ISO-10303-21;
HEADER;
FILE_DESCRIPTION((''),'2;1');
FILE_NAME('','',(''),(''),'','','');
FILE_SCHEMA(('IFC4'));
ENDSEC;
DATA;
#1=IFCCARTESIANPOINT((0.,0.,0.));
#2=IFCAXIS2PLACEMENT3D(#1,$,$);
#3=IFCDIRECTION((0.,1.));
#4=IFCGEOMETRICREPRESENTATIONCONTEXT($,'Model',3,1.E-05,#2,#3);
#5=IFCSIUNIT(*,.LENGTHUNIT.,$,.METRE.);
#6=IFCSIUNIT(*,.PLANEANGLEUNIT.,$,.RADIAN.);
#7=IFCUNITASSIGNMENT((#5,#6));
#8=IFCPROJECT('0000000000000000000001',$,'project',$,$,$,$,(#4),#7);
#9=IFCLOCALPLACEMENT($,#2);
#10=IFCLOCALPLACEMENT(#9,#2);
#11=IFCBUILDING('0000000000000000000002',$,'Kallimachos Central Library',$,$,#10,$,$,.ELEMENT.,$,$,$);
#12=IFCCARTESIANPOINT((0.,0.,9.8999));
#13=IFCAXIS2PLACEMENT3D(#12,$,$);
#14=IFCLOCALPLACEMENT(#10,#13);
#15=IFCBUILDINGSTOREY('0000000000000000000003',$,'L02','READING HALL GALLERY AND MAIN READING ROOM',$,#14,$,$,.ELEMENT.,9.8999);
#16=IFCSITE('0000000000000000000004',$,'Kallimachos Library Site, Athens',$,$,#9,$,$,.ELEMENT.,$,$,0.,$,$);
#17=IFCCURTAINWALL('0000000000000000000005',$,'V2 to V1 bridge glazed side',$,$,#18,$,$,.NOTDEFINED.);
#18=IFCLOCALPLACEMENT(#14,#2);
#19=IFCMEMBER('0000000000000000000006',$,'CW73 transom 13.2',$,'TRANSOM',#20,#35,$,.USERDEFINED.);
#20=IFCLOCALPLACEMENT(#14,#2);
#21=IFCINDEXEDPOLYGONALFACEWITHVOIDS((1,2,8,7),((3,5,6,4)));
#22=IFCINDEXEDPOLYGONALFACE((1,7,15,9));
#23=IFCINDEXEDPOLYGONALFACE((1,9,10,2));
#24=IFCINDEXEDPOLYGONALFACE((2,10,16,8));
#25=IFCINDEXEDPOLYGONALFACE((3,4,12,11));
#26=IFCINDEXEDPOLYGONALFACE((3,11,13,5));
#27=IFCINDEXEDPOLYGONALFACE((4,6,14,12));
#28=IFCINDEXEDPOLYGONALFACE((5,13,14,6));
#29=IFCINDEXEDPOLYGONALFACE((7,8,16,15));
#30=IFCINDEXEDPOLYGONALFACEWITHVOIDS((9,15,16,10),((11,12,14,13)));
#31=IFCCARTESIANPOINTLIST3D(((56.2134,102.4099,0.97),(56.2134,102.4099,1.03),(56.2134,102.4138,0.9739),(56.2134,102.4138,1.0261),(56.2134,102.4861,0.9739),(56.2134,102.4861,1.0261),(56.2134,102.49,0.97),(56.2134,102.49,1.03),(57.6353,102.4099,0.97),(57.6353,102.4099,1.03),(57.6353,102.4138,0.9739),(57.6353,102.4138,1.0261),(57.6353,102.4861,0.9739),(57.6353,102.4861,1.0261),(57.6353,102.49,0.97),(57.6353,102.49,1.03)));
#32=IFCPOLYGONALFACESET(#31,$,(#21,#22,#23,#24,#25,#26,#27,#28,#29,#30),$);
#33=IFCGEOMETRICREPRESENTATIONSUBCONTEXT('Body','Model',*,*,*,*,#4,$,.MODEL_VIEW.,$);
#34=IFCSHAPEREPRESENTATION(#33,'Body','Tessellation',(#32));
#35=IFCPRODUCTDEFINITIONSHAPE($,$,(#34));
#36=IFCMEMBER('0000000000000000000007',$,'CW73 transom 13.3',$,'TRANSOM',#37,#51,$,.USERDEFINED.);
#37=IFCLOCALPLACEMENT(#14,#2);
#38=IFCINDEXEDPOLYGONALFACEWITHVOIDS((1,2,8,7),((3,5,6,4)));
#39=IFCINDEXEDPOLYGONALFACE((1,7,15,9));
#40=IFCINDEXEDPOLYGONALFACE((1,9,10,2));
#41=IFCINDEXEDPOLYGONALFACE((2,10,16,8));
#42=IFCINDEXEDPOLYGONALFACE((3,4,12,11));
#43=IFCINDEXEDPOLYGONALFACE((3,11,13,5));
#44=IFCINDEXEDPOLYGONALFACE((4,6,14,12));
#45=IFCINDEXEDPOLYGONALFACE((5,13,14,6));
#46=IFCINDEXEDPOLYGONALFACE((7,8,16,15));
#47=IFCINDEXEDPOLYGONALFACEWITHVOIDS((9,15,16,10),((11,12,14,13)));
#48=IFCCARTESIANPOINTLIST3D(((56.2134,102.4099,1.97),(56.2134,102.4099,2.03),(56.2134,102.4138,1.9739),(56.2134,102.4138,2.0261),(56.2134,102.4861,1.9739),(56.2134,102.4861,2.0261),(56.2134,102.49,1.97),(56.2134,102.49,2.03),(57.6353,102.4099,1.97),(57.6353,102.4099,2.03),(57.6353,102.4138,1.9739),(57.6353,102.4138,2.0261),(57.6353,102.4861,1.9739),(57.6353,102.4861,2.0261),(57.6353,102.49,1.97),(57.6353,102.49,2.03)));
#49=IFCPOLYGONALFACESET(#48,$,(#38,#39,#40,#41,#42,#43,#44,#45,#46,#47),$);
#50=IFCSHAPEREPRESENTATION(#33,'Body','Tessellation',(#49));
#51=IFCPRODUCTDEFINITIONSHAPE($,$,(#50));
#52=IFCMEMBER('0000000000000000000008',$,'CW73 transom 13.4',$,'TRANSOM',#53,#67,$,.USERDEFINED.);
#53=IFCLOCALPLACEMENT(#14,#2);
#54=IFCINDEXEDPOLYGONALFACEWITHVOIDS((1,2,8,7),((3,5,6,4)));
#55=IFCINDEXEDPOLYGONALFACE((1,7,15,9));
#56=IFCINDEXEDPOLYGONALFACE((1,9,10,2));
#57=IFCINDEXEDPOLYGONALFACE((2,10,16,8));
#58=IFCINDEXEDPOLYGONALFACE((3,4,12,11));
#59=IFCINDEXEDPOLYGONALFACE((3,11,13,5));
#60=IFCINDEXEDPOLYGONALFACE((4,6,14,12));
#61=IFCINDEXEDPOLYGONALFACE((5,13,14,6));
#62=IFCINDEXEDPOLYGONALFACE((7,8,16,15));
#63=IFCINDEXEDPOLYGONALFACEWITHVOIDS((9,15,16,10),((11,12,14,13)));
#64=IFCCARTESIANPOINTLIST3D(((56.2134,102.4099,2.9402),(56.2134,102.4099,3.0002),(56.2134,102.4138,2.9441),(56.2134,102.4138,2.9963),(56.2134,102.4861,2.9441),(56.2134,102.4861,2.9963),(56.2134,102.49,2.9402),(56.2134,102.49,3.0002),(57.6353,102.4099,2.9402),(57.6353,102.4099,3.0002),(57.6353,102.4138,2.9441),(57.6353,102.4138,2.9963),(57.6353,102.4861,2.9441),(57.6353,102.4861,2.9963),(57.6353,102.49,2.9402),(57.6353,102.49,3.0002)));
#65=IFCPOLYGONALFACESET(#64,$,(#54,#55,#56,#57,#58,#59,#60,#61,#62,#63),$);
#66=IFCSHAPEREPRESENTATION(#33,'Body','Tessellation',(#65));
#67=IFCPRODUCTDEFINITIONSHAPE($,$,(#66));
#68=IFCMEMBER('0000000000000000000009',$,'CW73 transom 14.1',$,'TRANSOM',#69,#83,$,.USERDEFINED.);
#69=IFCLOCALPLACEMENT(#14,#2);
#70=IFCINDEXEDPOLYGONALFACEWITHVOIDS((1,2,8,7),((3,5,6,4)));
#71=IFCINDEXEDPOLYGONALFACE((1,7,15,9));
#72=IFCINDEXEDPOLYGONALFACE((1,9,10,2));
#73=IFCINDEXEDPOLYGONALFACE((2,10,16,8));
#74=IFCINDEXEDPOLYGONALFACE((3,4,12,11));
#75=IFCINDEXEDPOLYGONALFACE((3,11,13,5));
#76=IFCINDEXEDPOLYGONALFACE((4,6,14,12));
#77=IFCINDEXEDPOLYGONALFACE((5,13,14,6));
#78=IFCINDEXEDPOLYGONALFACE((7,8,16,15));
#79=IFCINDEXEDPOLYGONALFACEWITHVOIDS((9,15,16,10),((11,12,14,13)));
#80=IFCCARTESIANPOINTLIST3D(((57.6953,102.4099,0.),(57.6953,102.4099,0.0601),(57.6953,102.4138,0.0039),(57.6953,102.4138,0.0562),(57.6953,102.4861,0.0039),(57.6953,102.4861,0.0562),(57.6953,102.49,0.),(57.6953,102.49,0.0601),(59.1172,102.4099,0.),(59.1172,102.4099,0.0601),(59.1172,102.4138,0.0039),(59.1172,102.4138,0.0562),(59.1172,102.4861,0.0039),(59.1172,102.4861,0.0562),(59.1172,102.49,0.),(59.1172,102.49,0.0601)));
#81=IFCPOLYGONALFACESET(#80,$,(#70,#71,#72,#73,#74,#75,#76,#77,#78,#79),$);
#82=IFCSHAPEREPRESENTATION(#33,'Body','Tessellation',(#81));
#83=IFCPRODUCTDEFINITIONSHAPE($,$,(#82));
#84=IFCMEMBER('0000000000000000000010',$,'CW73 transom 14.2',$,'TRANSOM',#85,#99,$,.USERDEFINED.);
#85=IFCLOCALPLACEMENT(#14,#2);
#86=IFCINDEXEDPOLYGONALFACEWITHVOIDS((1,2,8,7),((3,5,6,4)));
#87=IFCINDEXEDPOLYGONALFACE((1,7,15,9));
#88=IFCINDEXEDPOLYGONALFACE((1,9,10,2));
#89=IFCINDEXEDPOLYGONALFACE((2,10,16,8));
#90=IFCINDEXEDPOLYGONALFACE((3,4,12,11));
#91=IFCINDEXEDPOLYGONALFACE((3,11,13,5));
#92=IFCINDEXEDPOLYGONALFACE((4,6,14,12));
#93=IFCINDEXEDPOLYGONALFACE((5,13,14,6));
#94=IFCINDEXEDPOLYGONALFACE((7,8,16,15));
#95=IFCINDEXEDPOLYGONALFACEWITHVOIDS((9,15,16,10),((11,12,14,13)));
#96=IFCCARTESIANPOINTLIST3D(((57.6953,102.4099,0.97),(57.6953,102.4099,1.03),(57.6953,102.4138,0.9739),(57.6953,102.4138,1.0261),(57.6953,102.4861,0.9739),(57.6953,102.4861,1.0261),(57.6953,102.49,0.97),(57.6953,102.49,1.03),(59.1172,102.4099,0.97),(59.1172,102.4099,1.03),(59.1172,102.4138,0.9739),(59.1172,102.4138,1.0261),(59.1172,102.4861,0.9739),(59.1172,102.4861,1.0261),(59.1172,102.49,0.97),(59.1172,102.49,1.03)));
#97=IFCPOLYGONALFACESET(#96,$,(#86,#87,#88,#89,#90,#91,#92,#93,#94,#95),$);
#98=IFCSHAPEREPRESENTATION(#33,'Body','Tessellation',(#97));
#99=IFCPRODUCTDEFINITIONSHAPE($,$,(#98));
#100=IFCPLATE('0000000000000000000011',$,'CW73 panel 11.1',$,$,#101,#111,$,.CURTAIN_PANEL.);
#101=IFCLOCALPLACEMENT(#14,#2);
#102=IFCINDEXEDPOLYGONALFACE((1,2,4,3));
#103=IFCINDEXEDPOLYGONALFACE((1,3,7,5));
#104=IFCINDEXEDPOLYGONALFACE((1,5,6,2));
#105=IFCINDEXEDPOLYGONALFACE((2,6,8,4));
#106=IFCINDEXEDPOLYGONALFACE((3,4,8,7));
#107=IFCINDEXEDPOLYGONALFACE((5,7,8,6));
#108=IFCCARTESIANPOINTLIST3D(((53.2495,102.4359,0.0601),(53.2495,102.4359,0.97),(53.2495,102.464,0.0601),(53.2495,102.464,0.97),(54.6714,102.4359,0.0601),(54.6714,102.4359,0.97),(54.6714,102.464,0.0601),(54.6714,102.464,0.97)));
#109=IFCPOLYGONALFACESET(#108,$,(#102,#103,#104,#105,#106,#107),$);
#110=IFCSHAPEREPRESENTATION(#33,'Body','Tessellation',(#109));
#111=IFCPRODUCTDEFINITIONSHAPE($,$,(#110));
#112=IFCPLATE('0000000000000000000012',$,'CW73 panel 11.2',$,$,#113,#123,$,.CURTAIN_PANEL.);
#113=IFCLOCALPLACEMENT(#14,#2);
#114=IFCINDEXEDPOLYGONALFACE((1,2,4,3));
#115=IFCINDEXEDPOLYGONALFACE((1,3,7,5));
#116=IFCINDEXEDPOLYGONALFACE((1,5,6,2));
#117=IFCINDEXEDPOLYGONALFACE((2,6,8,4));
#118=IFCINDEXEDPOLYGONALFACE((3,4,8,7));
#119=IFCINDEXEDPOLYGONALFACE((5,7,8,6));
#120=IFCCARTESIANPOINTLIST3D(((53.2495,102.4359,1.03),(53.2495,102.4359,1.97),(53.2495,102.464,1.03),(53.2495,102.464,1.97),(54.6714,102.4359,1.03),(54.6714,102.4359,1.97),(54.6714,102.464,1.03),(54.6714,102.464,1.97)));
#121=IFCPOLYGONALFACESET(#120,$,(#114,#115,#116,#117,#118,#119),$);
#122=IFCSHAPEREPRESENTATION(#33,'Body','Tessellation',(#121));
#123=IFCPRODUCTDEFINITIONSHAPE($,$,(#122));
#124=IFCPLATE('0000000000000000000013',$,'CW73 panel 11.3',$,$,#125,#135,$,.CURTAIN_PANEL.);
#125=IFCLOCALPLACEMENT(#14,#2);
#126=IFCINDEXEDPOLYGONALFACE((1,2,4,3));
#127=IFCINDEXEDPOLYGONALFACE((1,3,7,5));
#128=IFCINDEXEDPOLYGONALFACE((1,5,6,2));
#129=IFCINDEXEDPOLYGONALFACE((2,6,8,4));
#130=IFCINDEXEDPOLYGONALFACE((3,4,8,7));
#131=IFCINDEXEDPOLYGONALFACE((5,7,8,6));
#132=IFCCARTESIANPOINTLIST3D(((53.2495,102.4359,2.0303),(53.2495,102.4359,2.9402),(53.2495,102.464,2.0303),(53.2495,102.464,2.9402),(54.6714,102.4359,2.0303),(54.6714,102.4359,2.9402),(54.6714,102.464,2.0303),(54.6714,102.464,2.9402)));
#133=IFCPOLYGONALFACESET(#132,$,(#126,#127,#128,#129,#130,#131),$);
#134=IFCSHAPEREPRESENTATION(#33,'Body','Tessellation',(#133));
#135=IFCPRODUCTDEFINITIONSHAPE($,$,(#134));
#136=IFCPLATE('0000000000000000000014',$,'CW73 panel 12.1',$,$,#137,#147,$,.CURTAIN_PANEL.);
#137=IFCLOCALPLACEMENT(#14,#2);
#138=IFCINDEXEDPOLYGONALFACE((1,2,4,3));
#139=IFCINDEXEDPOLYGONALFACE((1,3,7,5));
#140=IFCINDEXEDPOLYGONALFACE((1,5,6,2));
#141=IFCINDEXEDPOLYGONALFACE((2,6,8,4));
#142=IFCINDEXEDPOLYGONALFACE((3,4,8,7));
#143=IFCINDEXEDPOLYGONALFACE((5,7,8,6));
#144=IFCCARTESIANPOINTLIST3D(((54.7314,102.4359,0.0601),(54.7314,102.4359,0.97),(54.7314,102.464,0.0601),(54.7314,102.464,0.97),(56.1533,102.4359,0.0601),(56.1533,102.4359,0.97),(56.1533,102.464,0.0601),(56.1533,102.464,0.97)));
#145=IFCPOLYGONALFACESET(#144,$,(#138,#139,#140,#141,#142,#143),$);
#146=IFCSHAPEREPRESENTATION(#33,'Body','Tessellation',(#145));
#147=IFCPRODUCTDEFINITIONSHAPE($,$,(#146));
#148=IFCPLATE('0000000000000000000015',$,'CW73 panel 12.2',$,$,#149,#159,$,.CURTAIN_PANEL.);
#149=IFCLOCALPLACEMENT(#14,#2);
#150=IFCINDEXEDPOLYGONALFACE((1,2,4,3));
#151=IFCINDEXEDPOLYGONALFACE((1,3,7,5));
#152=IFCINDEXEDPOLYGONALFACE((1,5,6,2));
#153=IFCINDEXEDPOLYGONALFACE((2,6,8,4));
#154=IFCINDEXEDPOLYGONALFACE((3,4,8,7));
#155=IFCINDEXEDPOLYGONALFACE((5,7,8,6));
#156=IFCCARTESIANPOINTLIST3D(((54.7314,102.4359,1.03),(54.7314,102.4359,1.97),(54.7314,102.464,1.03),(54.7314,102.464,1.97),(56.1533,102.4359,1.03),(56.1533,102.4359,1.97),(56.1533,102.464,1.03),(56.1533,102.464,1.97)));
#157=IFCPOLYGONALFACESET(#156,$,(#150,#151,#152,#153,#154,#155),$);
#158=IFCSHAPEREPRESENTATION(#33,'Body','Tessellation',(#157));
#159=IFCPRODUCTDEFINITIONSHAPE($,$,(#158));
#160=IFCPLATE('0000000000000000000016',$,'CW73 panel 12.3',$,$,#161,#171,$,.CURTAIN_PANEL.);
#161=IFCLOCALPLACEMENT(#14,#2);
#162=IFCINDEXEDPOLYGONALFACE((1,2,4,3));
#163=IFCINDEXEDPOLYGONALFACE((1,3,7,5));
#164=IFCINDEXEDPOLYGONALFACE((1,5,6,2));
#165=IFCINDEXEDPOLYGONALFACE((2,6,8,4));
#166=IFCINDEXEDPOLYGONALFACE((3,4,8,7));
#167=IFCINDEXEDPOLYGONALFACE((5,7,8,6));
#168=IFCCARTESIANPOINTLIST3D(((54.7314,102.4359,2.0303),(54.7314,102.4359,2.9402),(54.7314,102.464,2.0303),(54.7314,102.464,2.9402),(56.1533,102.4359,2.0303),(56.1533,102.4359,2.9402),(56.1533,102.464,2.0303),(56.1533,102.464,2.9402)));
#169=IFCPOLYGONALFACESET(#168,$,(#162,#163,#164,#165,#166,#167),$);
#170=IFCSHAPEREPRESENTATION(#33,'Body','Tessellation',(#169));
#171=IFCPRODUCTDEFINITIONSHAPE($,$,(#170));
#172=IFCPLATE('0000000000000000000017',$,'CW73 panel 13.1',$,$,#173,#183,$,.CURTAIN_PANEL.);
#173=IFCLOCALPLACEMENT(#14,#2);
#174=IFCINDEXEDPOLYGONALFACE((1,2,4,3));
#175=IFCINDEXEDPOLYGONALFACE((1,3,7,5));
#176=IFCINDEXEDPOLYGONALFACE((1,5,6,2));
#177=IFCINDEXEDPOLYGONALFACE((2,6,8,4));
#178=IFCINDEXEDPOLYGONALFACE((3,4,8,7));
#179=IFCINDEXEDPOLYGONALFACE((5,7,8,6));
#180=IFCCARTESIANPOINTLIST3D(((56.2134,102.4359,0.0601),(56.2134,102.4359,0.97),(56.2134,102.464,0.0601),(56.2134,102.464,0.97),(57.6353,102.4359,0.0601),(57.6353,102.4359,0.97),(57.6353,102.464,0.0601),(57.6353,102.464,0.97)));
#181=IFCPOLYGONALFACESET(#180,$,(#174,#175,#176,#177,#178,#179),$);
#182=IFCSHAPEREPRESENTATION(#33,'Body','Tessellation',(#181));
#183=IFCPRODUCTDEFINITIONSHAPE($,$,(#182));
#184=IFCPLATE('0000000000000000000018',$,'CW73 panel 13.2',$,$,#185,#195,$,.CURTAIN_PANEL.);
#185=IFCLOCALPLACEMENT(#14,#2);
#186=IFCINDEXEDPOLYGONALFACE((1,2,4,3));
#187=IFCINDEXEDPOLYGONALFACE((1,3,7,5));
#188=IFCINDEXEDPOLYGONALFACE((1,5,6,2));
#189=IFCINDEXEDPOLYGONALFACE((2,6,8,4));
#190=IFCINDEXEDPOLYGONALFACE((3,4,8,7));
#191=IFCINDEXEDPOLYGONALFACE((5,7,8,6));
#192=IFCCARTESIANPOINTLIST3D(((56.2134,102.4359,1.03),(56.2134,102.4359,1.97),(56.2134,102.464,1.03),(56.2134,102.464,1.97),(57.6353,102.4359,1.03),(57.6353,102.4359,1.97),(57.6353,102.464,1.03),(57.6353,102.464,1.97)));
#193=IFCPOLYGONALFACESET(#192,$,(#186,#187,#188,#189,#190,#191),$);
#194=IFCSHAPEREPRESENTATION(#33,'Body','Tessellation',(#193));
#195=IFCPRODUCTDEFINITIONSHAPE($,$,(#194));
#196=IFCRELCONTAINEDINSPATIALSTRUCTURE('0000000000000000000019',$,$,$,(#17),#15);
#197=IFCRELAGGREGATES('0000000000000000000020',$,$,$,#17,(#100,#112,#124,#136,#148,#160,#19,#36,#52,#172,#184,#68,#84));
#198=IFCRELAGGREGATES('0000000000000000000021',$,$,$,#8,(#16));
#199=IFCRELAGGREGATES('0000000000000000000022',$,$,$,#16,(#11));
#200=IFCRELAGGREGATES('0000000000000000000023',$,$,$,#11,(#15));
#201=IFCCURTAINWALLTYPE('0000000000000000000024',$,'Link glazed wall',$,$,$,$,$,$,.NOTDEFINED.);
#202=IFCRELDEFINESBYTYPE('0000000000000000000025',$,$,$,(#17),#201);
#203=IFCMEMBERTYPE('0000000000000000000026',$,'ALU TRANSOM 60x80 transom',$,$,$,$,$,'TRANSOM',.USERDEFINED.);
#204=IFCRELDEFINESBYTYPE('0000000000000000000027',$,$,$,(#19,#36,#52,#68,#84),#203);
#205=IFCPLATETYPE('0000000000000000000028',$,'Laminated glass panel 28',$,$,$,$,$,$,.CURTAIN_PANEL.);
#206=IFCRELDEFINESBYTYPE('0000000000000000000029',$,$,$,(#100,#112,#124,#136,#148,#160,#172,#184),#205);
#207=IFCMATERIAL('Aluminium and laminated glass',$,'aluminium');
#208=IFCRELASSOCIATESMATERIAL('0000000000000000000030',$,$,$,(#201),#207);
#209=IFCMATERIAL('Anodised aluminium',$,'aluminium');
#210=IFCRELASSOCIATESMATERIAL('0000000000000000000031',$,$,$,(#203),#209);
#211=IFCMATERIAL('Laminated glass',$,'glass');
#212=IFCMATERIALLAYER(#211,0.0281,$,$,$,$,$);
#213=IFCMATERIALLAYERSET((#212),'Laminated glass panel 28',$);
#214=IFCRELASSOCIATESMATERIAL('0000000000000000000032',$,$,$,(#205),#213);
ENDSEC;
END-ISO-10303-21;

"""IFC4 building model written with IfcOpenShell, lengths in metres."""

from ifc_helpers import new_model, si_unit, direction, frame, origin, origin_2d, place, context, subcontext, project, spatial, rectangle, hollow_rectangle, extrude, material, layer, layer_set, material_profile, profile_set, type_object, element, aggregate, save


model = new_model("IFC4")

# Units and contexts
model_context = context("Model", 3, precision=1e-05, world=origin(), true_north=direction((0.0, 1.0)))
body_context = subcontext(model_context, "Body", "Model", "MODEL_VIEW")
ifc_project = project(units=[si_unit("LENGTHUNIT", "METRE"), si_unit("PLANEANGLEUNIT", "RADIAN")], contexts=[model_context])

# Site, building, storey
site_placement = place(None, origin())
site = spatial("IfcSite", under=ifc_project, at=site_placement, Name="Kallimachos Library Site, Athens", CompositionType="ELEMENT", RefElevation=0.0)
building_placement = place(site_placement, origin())
building = spatial("IfcBuilding", under=site, at=building_placement, Name="Kallimachos Central Library", CompositionType="ELEMENT")
storey_placement = place(building_placement, frame((0.0, 0.0, 9.8999)))
storey = spatial("IfcBuildingStorey", under=building, at=storey_placement, Name="L02", Description="READING HALL GALLERY AND MAIN READING ROOM", CompositionType="ELEMENT", Elevation=9.8999)

# Curtain wall
ifc_material_1 = material(Name="Aluminium and laminated glass", Category="aluminium")
curtain_wall_type = type_object("IfcCurtainWallType", Name="Link glazed wall", PredefinedType="NOTDEFINED", material=ifc_material_1)
curtain_wall_1_placement = place(storey_placement, origin())
curtain_wall_1 = element("IfcCurtainWall", 1, at=curtain_wall_1_placement, inside=storey, type_object=curtain_wall_type, Name="V2 to V1 bridge glazed side", PredefinedType="NOTDEFINED")
ifc_material_2 = material(Name="Anodised aluminium", Category="aluminium")
ifc_material_profile_1 = material_profile(ifc_material_2, hollow_rectangle(XDim=0.0601, YDim=0.0801, WallThickness=0.0039, at=origin_2d()), Name="ALU TRANSOM 60x80")
ifc_profile_set_1 = profile_set([ifc_material_profile_1], Name="Anodised aluminium")
member_type_1 = type_object("IfcMemberType", Name="ALU TRANSOM 60x80 transom", ElementType="TRANSOM", PredefinedType="USERDEFINED", material=ifc_profile_set_1)

# Members
member_1_placement = place(storey_placement, frame((56.2134, 102.45, 1.0), z_axis=(1.0, 0.0, 0.0), x_axis=(0.0, 0.0, 1.0)))
member_1 = element("IfcMember", 2, at=member_1_placement, type_object=member_type_1, Name="CW73 transom 13.2", ObjectType="TRANSOM", PredefinedType="USERDEFINED", context=body_context, shape_type="SweptSolid", body=[
    extrude(hollow_rectangle(XDim=0.0601, YDim=0.0801, WallThickness=0.0039, at=origin_2d()), origin(), (0.0, 0.0, 1.0), 1.4219),
])
member_2_placement = place(storey_placement, frame((56.2134, 102.45, 2.0), z_axis=(1.0, 0.0, 0.0), x_axis=(0.0, 0.0, 1.0)))
member_2 = element("IfcMember", 3, at=member_2_placement, type_object=member_type_1, Name="CW73 transom 13.3", ObjectType="TRANSOM", PredefinedType="USERDEFINED", context=body_context, shape_type="SweptSolid", body=[
    extrude(hollow_rectangle(XDim=0.0601, YDim=0.0801, WallThickness=0.0039, at=origin_2d()), origin(), (0.0, 0.0, 1.0), 1.4219),
])
member_3_placement = place(storey_placement, frame((56.2134, 102.45, 2.9702), z_axis=(1.0, 0.0, 0.0), x_axis=(0.0, 0.0, 1.0)))
member_3 = element("IfcMember", 4, at=member_3_placement, type_object=member_type_1, Name="CW73 transom 13.4", ObjectType="TRANSOM", PredefinedType="USERDEFINED", context=body_context, shape_type="SweptSolid", body=[
    extrude(hollow_rectangle(XDim=0.0601, YDim=0.0801, WallThickness=0.0039, at=origin_2d()), origin(), (0.0, 0.0, 1.0), 1.4219),
])
member_4_placement = place(storey_placement, frame((57.6953, 102.45, 0.03), z_axis=(1.0, 0.0, 0.0), x_axis=(0.0, 0.0, 1.0)))
member_4 = element("IfcMember", 5, at=member_4_placement, type_object=member_type_1, Name="CW73 transom 14.1", ObjectType="TRANSOM", PredefinedType="USERDEFINED", context=body_context, shape_type="SweptSolid", body=[
    extrude(hollow_rectangle(XDim=0.0601, YDim=0.0801, WallThickness=0.0039, at=origin_2d()), origin(), (0.0, 0.0, 1.0), 1.4219),
])
member_5_placement = place(storey_placement, frame((57.6953, 102.45, 1.0), z_axis=(1.0, 0.0, 0.0), x_axis=(0.0, 0.0, 1.0)))
member_5 = element("IfcMember", 6, at=member_5_placement, type_object=member_type_1, Name="CW73 transom 14.2", ObjectType="TRANSOM", PredefinedType="USERDEFINED", context=body_context, shape_type="SweptSolid", body=[
    extrude(hollow_rectangle(XDim=0.0601, YDim=0.0801, WallThickness=0.0039, at=origin_2d()), origin(), (0.0, 0.0, 1.0), 1.4219),
])

# Plates
ifc_material_3 = material(Name="Laminated glass", Category="glass")
ifc_layer = layer(ifc_material_3, 0.0281)
ifc_layer_set = layer_set([ifc_layer], Name="Laminated glass panel 28")
plate_type = type_object("IfcPlateType", Name="Laminated glass panel 28", PredefinedType="CURTAIN_PANEL", material=ifc_layer_set)
plate_1_placement = place(storey_placement, frame((53.9604, 102.45, 0.0601), z_axis=(0.0, 0.0, 1.0), x_axis=(1.0, 0.0, 0.0)))
plate_1 = element("IfcPlate", 7, at=plate_1_placement, type_object=plate_type, Name="CW73 panel 11.1", PredefinedType="CURTAIN_PANEL", context=body_context, shape_type="SweptSolid", body=[
    extrude(rectangle(XDim=1.4219, YDim=0.0281, at=origin_2d()), origin(), (0.0, 0.0, 1.0), 0.9099),
])
plate_2_placement = place(storey_placement, frame((53.9604, 102.45, 1.03), z_axis=(0.0, 0.0, 1.0), x_axis=(1.0, 0.0, 0.0)))
plate_2 = element("IfcPlate", 8, at=plate_2_placement, type_object=plate_type, Name="CW73 panel 11.2", PredefinedType="CURTAIN_PANEL", context=body_context, shape_type="SweptSolid", body=[
    extrude(rectangle(XDim=1.4219, YDim=0.0281, at=origin_2d()), origin(), (0.0, 0.0, 1.0), 0.9399),
])
plate_3_placement = place(storey_placement, frame((53.9604, 102.45, 2.0303), z_axis=(0.0, 0.0, 1.0), x_axis=(1.0, 0.0, 0.0)))
plate_3 = element("IfcPlate", 9, at=plate_3_placement, type_object=plate_type, Name="CW73 panel 11.3", PredefinedType="CURTAIN_PANEL", context=body_context, shape_type="SweptSolid", body=[
    extrude(rectangle(XDim=1.4219, YDim=0.0281, at=origin_2d()), origin(), (0.0, 0.0, 1.0), 0.9099),
])
plate_4_placement = place(storey_placement, frame((55.4424, 102.45, 0.0601), z_axis=(0.0, 0.0, 1.0), x_axis=(1.0, 0.0, 0.0)))
plate_4 = element("IfcPlate", 10, at=plate_4_placement, type_object=plate_type, Name="CW73 panel 12.1", PredefinedType="CURTAIN_PANEL", context=body_context, shape_type="SweptSolid", body=[
    extrude(rectangle(XDim=1.4219, YDim=0.0281, at=origin_2d()), origin(), (0.0, 0.0, 1.0), 0.9099),
])
plate_5_placement = place(storey_placement, frame((55.4424, 102.45, 1.03), z_axis=(0.0, 0.0, 1.0), x_axis=(1.0, 0.0, 0.0)))
plate_5 = element("IfcPlate", 11, at=plate_5_placement, type_object=plate_type, Name="CW73 panel 12.2", PredefinedType="CURTAIN_PANEL", context=body_context, shape_type="SweptSolid", body=[
    extrude(rectangle(XDim=1.4219, YDim=0.0281, at=origin_2d()), origin(), (0.0, 0.0, 1.0), 0.9399),
])
plate_6_placement = place(storey_placement, frame((55.4424, 102.45, 2.0303), z_axis=(0.0, 0.0, 1.0), x_axis=(1.0, 0.0, 0.0)))
plate_6 = element("IfcPlate", 12, at=plate_6_placement, type_object=plate_type, Name="CW73 panel 12.3", PredefinedType="CURTAIN_PANEL", context=body_context, shape_type="SweptSolid", body=[
    extrude(rectangle(XDim=1.4219, YDim=0.0281, at=origin_2d()), origin(), (0.0, 0.0, 1.0), 0.9099),
])
plate_7_placement = place(storey_placement, frame((56.9243, 102.45, 0.0601), z_axis=(0.0, 0.0, 1.0), x_axis=(1.0, 0.0, 0.0)))
plate_7 = element("IfcPlate", 13, at=plate_7_placement, type_object=plate_type, Name="CW73 panel 13.1", PredefinedType="CURTAIN_PANEL", context=body_context, shape_type="SweptSolid", body=[
    extrude(rectangle(XDim=1.4219, YDim=0.0281, at=origin_2d()), origin(), (0.0, 0.0, 1.0), 0.9099),
])
plate_8_placement = place(storey_placement, frame((56.9243, 102.45, 1.03), z_axis=(0.0, 0.0, 1.0), x_axis=(1.0, 0.0, 0.0)))
plate_8 = element("IfcPlate", 14, at=plate_8_placement, type_object=plate_type, Name="CW73 panel 13.2", PredefinedType="CURTAIN_PANEL", context=body_context, shape_type="SweptSolid", body=[
    extrude(rectangle(XDim=1.4219, YDim=0.0281, at=origin_2d()), origin(), (0.0, 0.0, 1.0), 0.9399),
])
aggregate(curtain_wall_1, [plate_1, plate_2, plate_3, plate_4, plate_5, plate_6, member_1, member_2, member_3, plate_7, plate_8, member_4, member_5])

save(model, "model.ifc")
